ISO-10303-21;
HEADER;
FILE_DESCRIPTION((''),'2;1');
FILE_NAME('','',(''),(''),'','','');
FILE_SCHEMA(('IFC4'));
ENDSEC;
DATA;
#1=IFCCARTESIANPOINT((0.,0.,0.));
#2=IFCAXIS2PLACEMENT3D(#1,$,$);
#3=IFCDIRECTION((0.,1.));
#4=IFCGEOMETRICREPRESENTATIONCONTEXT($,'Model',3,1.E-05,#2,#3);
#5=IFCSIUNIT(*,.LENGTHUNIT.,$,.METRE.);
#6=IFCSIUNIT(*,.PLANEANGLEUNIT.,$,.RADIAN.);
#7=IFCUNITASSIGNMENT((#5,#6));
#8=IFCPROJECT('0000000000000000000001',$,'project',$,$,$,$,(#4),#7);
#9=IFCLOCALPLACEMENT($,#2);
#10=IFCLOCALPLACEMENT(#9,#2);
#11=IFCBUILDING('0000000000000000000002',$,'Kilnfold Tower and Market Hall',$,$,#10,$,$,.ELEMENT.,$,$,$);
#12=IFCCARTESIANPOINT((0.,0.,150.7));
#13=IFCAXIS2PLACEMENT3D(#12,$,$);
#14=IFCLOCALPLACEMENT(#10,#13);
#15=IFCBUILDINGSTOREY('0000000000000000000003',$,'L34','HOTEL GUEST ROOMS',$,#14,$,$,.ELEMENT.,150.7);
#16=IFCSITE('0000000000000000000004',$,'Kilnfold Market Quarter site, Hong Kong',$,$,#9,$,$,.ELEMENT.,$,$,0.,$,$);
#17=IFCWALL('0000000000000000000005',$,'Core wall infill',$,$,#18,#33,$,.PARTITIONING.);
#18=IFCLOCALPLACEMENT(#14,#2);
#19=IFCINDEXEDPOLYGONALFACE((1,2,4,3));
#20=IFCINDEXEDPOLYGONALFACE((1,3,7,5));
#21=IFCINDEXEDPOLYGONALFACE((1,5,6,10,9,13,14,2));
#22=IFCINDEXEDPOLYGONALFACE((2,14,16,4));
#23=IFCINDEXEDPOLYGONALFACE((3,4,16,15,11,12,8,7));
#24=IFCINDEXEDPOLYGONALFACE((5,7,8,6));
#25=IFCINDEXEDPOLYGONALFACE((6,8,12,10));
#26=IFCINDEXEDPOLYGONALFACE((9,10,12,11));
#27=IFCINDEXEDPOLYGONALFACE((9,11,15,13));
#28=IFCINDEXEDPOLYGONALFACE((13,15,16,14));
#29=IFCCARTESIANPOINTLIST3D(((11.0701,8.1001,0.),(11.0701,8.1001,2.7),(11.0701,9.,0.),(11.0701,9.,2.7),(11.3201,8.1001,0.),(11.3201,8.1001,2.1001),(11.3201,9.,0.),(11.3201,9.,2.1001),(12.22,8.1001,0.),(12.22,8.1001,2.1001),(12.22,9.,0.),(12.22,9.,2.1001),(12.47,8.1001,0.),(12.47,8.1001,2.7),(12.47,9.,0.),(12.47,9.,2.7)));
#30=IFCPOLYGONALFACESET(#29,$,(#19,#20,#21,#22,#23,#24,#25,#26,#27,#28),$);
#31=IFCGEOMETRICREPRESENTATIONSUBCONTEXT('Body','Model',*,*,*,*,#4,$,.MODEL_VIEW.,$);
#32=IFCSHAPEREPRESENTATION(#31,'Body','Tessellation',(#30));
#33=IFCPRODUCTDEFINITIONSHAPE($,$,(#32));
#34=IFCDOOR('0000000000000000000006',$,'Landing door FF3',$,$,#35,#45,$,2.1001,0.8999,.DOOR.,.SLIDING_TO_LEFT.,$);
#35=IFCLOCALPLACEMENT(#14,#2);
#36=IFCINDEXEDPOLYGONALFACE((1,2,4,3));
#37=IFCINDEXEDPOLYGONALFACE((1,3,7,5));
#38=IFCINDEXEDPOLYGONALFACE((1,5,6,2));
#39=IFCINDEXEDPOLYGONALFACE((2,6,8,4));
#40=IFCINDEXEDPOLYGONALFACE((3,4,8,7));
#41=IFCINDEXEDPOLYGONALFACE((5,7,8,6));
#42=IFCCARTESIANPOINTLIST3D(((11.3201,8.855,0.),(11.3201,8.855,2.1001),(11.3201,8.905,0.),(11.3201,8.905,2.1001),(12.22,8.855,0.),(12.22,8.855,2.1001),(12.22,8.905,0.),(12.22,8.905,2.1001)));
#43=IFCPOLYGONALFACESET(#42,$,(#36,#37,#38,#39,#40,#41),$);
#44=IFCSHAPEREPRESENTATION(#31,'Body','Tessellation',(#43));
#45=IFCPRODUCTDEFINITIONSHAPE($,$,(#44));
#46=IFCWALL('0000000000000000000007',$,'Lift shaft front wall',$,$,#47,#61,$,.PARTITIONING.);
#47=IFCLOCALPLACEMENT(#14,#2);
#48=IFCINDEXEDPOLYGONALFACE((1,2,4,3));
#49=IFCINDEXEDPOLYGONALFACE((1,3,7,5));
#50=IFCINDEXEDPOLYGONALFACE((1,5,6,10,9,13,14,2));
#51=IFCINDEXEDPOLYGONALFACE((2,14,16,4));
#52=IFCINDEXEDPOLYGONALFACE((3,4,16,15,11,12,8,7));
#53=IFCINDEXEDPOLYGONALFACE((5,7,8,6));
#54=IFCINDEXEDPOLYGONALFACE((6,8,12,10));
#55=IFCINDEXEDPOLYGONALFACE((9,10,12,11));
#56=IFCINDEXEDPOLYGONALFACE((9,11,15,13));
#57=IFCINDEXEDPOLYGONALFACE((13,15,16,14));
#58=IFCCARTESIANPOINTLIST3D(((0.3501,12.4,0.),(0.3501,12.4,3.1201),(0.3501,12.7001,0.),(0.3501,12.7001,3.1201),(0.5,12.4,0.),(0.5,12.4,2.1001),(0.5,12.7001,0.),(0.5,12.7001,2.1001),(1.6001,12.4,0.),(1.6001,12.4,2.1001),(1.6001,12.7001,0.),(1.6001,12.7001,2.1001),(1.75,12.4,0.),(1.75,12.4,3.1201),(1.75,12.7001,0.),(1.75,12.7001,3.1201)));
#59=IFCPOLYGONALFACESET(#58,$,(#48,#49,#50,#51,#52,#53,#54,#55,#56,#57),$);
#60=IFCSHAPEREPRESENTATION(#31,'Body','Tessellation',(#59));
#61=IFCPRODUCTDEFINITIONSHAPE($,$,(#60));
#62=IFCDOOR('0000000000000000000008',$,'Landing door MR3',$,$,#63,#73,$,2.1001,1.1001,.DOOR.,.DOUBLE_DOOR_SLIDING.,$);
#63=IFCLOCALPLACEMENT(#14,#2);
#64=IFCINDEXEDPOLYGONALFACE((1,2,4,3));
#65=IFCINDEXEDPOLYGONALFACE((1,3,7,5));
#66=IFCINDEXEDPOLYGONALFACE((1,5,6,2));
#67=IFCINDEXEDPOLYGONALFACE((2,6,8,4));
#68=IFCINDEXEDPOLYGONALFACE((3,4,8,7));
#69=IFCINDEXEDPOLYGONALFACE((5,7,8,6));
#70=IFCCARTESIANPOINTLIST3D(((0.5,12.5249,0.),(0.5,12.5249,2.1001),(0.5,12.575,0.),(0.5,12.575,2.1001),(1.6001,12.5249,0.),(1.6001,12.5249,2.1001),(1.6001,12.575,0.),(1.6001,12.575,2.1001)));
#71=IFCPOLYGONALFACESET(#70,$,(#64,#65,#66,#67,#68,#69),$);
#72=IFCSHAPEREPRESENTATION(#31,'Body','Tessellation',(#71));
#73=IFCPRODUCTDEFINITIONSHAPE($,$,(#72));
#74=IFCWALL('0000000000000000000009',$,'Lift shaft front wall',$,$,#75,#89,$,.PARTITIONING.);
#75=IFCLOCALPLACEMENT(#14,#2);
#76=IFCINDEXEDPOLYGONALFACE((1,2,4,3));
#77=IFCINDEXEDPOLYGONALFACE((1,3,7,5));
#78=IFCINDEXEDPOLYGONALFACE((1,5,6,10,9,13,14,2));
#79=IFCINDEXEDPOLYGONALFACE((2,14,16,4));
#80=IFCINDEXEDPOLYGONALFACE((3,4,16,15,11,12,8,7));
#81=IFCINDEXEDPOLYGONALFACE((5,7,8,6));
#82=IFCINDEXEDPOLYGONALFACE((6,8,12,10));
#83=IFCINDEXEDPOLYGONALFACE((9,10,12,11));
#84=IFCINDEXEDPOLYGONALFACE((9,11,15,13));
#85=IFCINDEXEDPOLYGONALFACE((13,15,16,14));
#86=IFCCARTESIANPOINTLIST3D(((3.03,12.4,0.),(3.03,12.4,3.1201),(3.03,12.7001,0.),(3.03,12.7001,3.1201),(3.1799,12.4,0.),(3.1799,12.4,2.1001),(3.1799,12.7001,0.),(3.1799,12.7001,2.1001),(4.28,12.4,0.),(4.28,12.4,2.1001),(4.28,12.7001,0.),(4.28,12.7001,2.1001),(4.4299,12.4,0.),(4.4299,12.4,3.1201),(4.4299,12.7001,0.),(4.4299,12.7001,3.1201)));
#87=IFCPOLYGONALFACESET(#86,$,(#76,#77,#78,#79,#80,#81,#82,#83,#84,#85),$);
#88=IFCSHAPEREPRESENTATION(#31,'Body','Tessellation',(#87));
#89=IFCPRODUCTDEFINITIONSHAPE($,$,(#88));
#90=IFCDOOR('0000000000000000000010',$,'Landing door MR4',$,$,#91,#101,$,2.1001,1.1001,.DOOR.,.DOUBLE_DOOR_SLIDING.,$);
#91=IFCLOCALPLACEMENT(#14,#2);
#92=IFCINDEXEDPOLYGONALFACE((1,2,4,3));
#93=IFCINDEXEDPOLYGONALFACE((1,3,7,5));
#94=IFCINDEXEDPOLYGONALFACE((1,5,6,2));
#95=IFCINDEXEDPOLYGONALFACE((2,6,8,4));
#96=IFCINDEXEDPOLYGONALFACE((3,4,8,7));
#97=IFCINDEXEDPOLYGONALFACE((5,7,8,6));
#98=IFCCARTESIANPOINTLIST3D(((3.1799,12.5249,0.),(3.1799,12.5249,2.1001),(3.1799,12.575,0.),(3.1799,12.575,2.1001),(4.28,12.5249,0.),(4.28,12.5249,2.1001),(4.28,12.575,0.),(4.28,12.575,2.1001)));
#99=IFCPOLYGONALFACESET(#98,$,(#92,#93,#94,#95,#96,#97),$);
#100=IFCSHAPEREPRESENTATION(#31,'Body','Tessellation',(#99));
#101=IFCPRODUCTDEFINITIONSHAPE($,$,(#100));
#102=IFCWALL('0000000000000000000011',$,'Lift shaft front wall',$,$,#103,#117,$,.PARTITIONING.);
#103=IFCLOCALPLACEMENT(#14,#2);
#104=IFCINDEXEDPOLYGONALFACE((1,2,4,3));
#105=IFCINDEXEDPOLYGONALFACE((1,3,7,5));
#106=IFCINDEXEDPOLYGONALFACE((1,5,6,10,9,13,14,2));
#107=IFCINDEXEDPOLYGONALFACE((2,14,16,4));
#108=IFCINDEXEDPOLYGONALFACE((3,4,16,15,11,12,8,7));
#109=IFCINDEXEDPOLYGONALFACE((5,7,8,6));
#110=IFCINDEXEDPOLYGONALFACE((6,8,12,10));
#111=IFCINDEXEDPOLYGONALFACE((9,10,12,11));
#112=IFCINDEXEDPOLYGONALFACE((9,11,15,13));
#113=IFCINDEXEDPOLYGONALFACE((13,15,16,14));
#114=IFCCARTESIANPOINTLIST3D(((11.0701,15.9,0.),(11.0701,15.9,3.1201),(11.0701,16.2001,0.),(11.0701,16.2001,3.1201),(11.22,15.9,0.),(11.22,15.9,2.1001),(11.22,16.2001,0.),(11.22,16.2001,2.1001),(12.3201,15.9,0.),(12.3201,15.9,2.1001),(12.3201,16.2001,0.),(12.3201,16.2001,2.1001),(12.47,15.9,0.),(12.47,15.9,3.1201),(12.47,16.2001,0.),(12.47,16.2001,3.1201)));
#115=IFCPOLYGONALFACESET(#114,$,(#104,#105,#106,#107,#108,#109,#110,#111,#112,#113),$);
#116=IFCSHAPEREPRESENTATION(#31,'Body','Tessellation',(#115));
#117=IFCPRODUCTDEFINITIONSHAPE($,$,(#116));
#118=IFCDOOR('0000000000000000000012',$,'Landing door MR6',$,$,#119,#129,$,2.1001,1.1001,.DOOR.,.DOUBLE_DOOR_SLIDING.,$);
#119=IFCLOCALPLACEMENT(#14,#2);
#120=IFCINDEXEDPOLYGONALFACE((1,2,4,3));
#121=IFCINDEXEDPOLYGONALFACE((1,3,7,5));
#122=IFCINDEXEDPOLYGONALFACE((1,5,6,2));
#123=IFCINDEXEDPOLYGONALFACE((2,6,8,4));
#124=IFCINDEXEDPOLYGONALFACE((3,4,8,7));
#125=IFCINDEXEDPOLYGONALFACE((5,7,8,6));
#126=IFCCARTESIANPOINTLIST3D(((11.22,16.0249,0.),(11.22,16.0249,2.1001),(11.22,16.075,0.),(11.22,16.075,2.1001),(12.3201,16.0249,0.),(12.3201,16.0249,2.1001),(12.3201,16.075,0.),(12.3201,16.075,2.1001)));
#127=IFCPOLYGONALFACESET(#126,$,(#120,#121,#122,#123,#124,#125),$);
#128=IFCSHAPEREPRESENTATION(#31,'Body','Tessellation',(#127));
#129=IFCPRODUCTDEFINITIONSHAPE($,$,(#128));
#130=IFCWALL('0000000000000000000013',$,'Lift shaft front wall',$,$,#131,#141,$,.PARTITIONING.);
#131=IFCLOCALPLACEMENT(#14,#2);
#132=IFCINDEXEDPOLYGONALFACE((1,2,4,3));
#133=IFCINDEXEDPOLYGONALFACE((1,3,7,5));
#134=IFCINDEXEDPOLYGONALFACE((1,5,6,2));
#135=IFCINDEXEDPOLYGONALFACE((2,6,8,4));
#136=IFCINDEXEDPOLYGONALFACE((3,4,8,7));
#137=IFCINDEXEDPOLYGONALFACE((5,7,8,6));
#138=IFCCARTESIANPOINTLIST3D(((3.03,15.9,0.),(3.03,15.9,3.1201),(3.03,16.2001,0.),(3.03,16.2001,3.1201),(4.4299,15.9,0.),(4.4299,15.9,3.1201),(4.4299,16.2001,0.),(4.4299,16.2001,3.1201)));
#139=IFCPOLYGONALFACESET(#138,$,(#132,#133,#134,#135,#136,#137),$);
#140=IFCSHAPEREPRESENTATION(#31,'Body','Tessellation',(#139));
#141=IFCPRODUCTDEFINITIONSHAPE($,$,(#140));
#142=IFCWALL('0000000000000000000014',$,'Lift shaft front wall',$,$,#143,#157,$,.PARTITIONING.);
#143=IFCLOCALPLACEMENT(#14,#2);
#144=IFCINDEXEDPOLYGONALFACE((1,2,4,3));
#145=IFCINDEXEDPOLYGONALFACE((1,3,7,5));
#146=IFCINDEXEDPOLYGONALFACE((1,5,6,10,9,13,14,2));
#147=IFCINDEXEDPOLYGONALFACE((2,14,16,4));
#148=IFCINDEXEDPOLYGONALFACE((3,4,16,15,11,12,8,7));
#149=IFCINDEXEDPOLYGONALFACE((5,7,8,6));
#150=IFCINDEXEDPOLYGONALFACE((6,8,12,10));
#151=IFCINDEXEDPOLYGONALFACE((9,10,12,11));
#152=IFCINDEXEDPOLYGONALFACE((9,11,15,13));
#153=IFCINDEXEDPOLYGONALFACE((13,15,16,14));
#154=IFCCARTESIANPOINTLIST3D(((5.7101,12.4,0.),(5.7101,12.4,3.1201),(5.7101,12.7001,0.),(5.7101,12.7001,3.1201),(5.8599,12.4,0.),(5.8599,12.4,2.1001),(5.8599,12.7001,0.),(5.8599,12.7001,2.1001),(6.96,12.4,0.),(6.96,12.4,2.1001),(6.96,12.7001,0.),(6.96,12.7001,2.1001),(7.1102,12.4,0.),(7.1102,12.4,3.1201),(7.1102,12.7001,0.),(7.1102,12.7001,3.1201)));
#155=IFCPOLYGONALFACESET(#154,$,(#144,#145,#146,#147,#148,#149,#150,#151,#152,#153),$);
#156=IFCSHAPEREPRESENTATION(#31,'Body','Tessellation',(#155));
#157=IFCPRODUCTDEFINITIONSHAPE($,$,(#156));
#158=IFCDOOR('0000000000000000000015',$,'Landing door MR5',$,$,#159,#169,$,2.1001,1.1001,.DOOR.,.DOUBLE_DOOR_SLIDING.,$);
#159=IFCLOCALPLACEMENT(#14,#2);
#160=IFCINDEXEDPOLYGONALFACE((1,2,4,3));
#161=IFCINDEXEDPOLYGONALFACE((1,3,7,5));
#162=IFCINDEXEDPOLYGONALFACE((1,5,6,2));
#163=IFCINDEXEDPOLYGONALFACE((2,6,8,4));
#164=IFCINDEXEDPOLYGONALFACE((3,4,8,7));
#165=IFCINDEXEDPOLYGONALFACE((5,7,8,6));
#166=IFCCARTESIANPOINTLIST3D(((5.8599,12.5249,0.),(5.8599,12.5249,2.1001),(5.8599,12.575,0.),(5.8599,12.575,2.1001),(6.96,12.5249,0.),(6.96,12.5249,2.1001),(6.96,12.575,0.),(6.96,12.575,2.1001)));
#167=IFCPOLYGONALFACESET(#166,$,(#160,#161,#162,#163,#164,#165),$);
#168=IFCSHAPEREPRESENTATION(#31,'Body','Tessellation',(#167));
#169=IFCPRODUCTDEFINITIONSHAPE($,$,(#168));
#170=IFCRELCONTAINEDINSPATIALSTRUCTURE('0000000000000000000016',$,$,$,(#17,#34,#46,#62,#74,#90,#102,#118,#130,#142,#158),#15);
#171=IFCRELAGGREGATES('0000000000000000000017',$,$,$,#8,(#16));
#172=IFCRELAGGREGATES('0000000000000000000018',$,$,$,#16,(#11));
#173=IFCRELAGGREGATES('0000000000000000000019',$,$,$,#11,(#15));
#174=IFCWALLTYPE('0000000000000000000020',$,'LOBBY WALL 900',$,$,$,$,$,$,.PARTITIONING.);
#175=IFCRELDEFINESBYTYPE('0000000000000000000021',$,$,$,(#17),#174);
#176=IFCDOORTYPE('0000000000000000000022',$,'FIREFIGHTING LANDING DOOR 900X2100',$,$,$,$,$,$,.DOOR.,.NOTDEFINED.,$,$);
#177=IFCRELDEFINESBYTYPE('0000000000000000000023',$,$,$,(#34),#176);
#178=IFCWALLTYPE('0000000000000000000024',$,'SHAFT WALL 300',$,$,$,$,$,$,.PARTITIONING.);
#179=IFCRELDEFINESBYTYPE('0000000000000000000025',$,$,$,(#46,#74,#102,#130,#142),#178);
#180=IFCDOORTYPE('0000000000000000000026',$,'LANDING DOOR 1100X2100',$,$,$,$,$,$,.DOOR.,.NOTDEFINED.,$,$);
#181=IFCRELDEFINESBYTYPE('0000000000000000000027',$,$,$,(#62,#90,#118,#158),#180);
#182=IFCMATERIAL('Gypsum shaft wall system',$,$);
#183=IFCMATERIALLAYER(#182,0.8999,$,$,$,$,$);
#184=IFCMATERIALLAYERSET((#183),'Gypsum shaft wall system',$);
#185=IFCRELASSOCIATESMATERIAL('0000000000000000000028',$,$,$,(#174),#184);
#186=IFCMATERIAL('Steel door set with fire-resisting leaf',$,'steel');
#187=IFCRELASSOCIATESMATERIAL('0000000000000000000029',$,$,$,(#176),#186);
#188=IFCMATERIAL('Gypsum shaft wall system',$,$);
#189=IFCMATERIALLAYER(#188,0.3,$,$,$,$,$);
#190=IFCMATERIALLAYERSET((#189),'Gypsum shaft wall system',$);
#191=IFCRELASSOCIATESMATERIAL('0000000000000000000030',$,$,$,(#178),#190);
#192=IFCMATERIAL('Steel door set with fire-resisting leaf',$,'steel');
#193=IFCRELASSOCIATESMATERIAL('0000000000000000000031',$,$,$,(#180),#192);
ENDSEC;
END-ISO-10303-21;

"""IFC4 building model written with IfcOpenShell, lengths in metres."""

from ifc_helpers import new_model, si_unit, direction, frame, frame_2d, origin, place, context, subcontext, project, spatial, rectangle, extrude, source, transform, mapped, material, layer, layer_set, type_object, element, fill, save


model = new_model("IFC4")

# Units and contexts
model_context = context("Model", 3, precision=1e-05, world=origin(), true_north=direction((0.0, 1.0)))
body_context = subcontext(model_context, "Body", "Model", "MODEL_VIEW")
ifc_project = project(units=[si_unit("LENGTHUNIT", "METRE"), si_unit("PLANEANGLEUNIT", "RADIAN")], contexts=[model_context])

# Site, building, storey
site_placement = place(None, origin())
site = spatial("IfcSite", under=ifc_project, at=site_placement, Name="Kilnfold Market Quarter site, Hong Kong", CompositionType="ELEMENT", RefElevation=0.0)
building_placement = place(site_placement, origin())
building = spatial("IfcBuilding", under=site, at=building_placement, Name="Kilnfold Tower and Market Hall", CompositionType="ELEMENT")
storey_placement = place(building_placement, frame((0.0, 0.0, 150.7)))
storey = spatial("IfcBuildingStorey", under=building, at=storey_placement, Name="L34", Description="HOTEL GUEST ROOMS", CompositionType="ELEMENT", Elevation=150.7)

# Walls, openings, doors
ifc_material_1 = material(Name="Gypsum shaft wall system")
ifc_layer_1 = layer(ifc_material_1, 0.8999)
ifc_layer_set_1 = layer_set([ifc_layer_1], Name="Gypsum shaft wall system")
wall_type_1 = type_object("IfcWallType", Name="LOBBY WALL 900", PredefinedType="PARTITIONING", material=ifc_layer_set_1)
shared_shape_1 = source(origin(), body_context, "Body", "SweptSolid", [
    extrude(rectangle(XDim=1.3999, YDim=0.8999, at=frame_2d((0.7, 0.0))), origin(), (0.0, 0.0, 1.0), 2.7),
])
wall_1_placement = place(storey_placement, frame((11.0701, 8.55, 0.0), z_axis=(0.0, 0.0, 1.0), x_axis=(1.0, 0.0, 0.0)))
wall_1 = element("IfcWall", 1, at=wall_1_placement, inside=storey, type_object=wall_type_1, Name="Core wall infill", PredefinedType="PARTITIONING", context=body_context, shape_type="MappedRepresentation", body=[
    mapped(shared_shape_1, transform((0.0, 0.0, 0.0))),
])
opening_1_placement = place(wall_1_placement, frame((0.25, 0.0, 0.0)))
opening_1 = element("IfcOpeningElement", 2, at=opening_1_placement, cuts=wall_1, PredefinedType="OPENING", context=body_context, shape_type="SweptSolid", body=[
    extrude(rectangle(XDim=0.8999, YDim=2.1001, at=frame_2d((0.45, 1.05))), frame((0.0, 0.46, 0.0), z_axis=(0.0, -1.0, 0.0), x_axis=(1.0, 0.0, 0.0)), (0.0, 0.0, 1.0), 0.9199),
])
ifc_material_2 = material(Name="Steel door set with fire-resisting leaf", Category="steel")
door_type_1 = type_object("IfcDoorType", Name="FIREFIGHTING LANDING DOOR 900X2100", OperationType="NOTDEFINED", PredefinedType="DOOR", material=ifc_material_2)
door_1_placement = place(opening_1_placement, origin())
door_1 = element("IfcDoor", 3, at=door_1_placement, inside=storey, type_object=door_type_1, Name="Landing door FF3", OperationType="SLIDING_TO_LEFT", OverallHeight=2.1001, OverallWidth=0.8999, PredefinedType="DOOR", context=body_context, shape_type="SweptSolid", body=[
    extrude(rectangle(XDim=0.8999, YDim=2.1001, at=frame_2d((0.45, 1.05))), frame((0.0, 0.355, 0.0), z_axis=(0.0, -1.0, 0.0), x_axis=(1.0, 0.0, 0.0)), (0.0, 0.0, 1.0), 0.05),
])
fill(opening_1, door_1)
ifc_material_3 = material(Name="Gypsum shaft wall system")
ifc_layer_2 = layer(ifc_material_3, 0.3)
ifc_layer_set_2 = layer_set([ifc_layer_2], Name="Gypsum shaft wall system")
wall_type_2 = type_object("IfcWallType", Name="SHAFT WALL 300", PredefinedType="PARTITIONING", material=ifc_layer_set_2)
shared_shape_2 = source(origin(), body_context, "Body", "SweptSolid", [
    extrude(rectangle(XDim=1.3999, YDim=0.3, at=frame_2d((0.7, 0.0))), origin(), (0.0, 0.0, 1.0), 3.1201),
])
wall_2_placement = place(storey_placement, frame((0.3501, 12.55, 0.0), z_axis=(0.0, 0.0, 1.0), x_axis=(1.0, 0.0, 0.0)))
wall_2 = element("IfcWall", 4, at=wall_2_placement, inside=storey, type_object=wall_type_2, Name="Lift shaft front wall", PredefinedType="PARTITIONING", context=body_context, shape_type="MappedRepresentation", body=[
    mapped(shared_shape_2, transform((0.0, 0.0, 0.0))),
])
opening_2_placement = place(wall_2_placement, frame((0.1499, 0.0, 0.0)))
opening_2 = element("IfcOpeningElement", 5, at=opening_2_placement, cuts=wall_2, PredefinedType="OPENING", context=body_context, shape_type="SweptSolid", body=[
    extrude(rectangle(XDim=1.1001, YDim=2.1001, at=frame_2d((0.55, 1.05))), frame((0.0, 0.1602, 0.0), z_axis=(0.0, -1.0, 0.0), x_axis=(1.0, 0.0, 0.0)), (0.0, 0.0, 1.0), 0.3201),
])
ifc_material_4 = material(Name="Steel door set with fire-resisting leaf", Category="steel")
door_type_2 = type_object("IfcDoorType", Name="LANDING DOOR 1100X2100", OperationType="NOTDEFINED", PredefinedType="DOOR", material=ifc_material_4)
door_2_placement = place(opening_2_placement, origin())
door_2 = element("IfcDoor", 6, at=door_2_placement, inside=storey, type_object=door_type_2, Name="Landing door MR3", OperationType="DOUBLE_DOOR_SLIDING", OverallHeight=2.1001, OverallWidth=1.1001, PredefinedType="DOOR", context=body_context, shape_type="SweptSolid", body=[
    extrude(rectangle(XDim=1.1001, YDim=2.1001, at=frame_2d((0.55, 1.05))), frame((0.0, 0.0249, 0.0), z_axis=(0.0, -1.0, 0.0), x_axis=(1.0, 0.0, 0.0)), (0.0, 0.0, 1.0), 0.05),
])
fill(opening_2, door_2)
wall_3_placement = place(storey_placement, frame((3.03, 12.55, 0.0), z_axis=(0.0, 0.0, 1.0), x_axis=(1.0, 0.0, 0.0)))
wall_3 = element("IfcWall", 7, at=wall_3_placement, inside=storey, type_object=wall_type_2, Name="Lift shaft front wall", PredefinedType="PARTITIONING", context=body_context, shape_type="MappedRepresentation", body=[
    mapped(shared_shape_2, transform((0.0, 0.0, 0.0))),
])
opening_3_placement = place(wall_3_placement, frame((0.1499, 0.0, 0.0)))
opening_3 = element("IfcOpeningElement", 8, at=opening_3_placement, cuts=wall_3, PredefinedType="OPENING", context=body_context, shape_type="SweptSolid", body=[
    extrude(rectangle(XDim=1.1001, YDim=2.1001, at=frame_2d((0.55, 1.05))), frame((0.0, 0.1602, 0.0), z_axis=(0.0, -1.0, 0.0), x_axis=(1.0, 0.0, 0.0)), (0.0, 0.0, 1.0), 0.3201),
])
door_3_placement = place(opening_3_placement, origin())
door_3 = element("IfcDoor", 9, at=door_3_placement, inside=storey, type_object=door_type_2, Name="Landing door MR4", OperationType="DOUBLE_DOOR_SLIDING", OverallHeight=2.1001, OverallWidth=1.1001, PredefinedType="DOOR", context=body_context, shape_type="SweptSolid", body=[
    extrude(rectangle(XDim=1.1001, YDim=2.1001, at=frame_2d((0.55, 1.05))), frame((0.0, 0.0249, 0.0), z_axis=(0.0, -1.0, 0.0), x_axis=(1.0, 0.0, 0.0)), (0.0, 0.0, 1.0), 0.05),
])
fill(opening_3, door_3)
wall_4_placement = place(storey_placement, frame((11.0701, 16.05, 0.0), z_axis=(0.0, 0.0, 1.0), x_axis=(1.0, 0.0, 0.0)))
wall_4 = element("IfcWall", 10, at=wall_4_placement, inside=storey, type_object=wall_type_2, Name="Lift shaft front wall", PredefinedType="PARTITIONING", context=body_context, shape_type="MappedRepresentation", body=[
    mapped(shared_shape_2, transform((0.0, 0.0, 0.0))),
])
opening_4_placement = place(wall_4_placement, frame((0.1499, 0.0, 0.0)))
opening_4 = element("IfcOpeningElement", 11, at=opening_4_placement, cuts=wall_4, PredefinedType="OPENING", context=body_context, shape_type="SweptSolid", body=[
    extrude(rectangle(XDim=1.1001, YDim=2.1001, at=frame_2d((0.55, 1.05))), frame((0.0, 0.1602, 0.0), z_axis=(0.0, -1.0, 0.0), x_axis=(1.0, 0.0, 0.0)), (0.0, 0.0, 1.0), 0.3201),
])
door_4_placement = place(opening_4_placement, origin())
door_4 = element("IfcDoor", 12, at=door_4_placement, inside=storey, type_object=door_type_2, Name="Landing door MR6", OperationType="DOUBLE_DOOR_SLIDING", OverallHeight=2.1001, OverallWidth=1.1001, PredefinedType="DOOR", context=body_context, shape_type="SweptSolid", body=[
    extrude(rectangle(XDim=1.1001, YDim=2.1001, at=frame_2d((0.55, 1.05))), frame((0.0, 0.0249, 0.0), z_axis=(0.0, -1.0, 0.0), x_axis=(1.0, 0.0, 0.0)), (0.0, 0.0, 1.0), 0.05),
])
fill(opening_4, door_4)

# Wall
wall_5_placement = place(storey_placement, frame((3.03, 16.05, 0.0), z_axis=(0.0, 0.0, 1.0), x_axis=(1.0, 0.0, 0.0)))
element("IfcWall", 13, at=wall_5_placement, inside=storey, type_object=wall_type_2, Name="Lift shaft front wall", PredefinedType="PARTITIONING", context=body_context, shape_type="MappedRepresentation", body=[
    mapped(shared_shape_2, transform((0.0, 0.0, 0.0))),
])

# Wall, opening, door
shared_shape_3 = source(origin(), body_context, "Body", "SweptSolid", [
    extrude(rectangle(XDim=1.4001, YDim=0.3, at=frame_2d((0.7002, 0.0))), origin(), (0.0, 0.0, 1.0), 3.1201),
])
wall_6_placement = place(storey_placement, frame((5.71, 12.55, 0.0), z_axis=(0.0, 0.0, 1.0), x_axis=(1.0, 0.0, 0.0)))
wall_6 = element("IfcWall", 14, at=wall_6_placement, inside=storey, type_object=wall_type_2, Name="Lift shaft front wall", PredefinedType="PARTITIONING", context=body_context, shape_type="MappedRepresentation", body=[
    mapped(shared_shape_3, transform((0.0, 0.0, 0.0))),
])
opening_5_placement = place(wall_6_placement, frame((0.1499, 0.0, 0.0)))
opening_5 = element("IfcOpeningElement", 15, at=opening_5_placement, cuts=wall_6, PredefinedType="OPENING", context=body_context, shape_type="SweptSolid", body=[
    extrude(rectangle(XDim=1.1001, YDim=2.1001, at=frame_2d((0.55, 1.05))), frame((0.0, 0.1602, 0.0), z_axis=(0.0, -1.0, 0.0), x_axis=(1.0, 0.0, 0.0)), (0.0, 0.0, 1.0), 0.3201),
])
door_5_placement = place(opening_5_placement, origin())
door_5 = element("IfcDoor", 16, at=door_5_placement, inside=storey, type_object=door_type_2, Name="Landing door MR5", OperationType="DOUBLE_DOOR_SLIDING", OverallHeight=2.1001, OverallWidth=1.1001, PredefinedType="DOOR", context=body_context, shape_type="SweptSolid", body=[
    extrude(rectangle(XDim=1.1001, YDim=2.1001, at=frame_2d((0.55, 1.05))), frame((0.0, 0.0249, 0.0), z_axis=(0.0, -1.0, 0.0), x_axis=(1.0, 0.0, 0.0)), (0.0, 0.0, 1.0), 0.05),
])
fill(opening_5, door_5)

save(model, "model.ifc")
